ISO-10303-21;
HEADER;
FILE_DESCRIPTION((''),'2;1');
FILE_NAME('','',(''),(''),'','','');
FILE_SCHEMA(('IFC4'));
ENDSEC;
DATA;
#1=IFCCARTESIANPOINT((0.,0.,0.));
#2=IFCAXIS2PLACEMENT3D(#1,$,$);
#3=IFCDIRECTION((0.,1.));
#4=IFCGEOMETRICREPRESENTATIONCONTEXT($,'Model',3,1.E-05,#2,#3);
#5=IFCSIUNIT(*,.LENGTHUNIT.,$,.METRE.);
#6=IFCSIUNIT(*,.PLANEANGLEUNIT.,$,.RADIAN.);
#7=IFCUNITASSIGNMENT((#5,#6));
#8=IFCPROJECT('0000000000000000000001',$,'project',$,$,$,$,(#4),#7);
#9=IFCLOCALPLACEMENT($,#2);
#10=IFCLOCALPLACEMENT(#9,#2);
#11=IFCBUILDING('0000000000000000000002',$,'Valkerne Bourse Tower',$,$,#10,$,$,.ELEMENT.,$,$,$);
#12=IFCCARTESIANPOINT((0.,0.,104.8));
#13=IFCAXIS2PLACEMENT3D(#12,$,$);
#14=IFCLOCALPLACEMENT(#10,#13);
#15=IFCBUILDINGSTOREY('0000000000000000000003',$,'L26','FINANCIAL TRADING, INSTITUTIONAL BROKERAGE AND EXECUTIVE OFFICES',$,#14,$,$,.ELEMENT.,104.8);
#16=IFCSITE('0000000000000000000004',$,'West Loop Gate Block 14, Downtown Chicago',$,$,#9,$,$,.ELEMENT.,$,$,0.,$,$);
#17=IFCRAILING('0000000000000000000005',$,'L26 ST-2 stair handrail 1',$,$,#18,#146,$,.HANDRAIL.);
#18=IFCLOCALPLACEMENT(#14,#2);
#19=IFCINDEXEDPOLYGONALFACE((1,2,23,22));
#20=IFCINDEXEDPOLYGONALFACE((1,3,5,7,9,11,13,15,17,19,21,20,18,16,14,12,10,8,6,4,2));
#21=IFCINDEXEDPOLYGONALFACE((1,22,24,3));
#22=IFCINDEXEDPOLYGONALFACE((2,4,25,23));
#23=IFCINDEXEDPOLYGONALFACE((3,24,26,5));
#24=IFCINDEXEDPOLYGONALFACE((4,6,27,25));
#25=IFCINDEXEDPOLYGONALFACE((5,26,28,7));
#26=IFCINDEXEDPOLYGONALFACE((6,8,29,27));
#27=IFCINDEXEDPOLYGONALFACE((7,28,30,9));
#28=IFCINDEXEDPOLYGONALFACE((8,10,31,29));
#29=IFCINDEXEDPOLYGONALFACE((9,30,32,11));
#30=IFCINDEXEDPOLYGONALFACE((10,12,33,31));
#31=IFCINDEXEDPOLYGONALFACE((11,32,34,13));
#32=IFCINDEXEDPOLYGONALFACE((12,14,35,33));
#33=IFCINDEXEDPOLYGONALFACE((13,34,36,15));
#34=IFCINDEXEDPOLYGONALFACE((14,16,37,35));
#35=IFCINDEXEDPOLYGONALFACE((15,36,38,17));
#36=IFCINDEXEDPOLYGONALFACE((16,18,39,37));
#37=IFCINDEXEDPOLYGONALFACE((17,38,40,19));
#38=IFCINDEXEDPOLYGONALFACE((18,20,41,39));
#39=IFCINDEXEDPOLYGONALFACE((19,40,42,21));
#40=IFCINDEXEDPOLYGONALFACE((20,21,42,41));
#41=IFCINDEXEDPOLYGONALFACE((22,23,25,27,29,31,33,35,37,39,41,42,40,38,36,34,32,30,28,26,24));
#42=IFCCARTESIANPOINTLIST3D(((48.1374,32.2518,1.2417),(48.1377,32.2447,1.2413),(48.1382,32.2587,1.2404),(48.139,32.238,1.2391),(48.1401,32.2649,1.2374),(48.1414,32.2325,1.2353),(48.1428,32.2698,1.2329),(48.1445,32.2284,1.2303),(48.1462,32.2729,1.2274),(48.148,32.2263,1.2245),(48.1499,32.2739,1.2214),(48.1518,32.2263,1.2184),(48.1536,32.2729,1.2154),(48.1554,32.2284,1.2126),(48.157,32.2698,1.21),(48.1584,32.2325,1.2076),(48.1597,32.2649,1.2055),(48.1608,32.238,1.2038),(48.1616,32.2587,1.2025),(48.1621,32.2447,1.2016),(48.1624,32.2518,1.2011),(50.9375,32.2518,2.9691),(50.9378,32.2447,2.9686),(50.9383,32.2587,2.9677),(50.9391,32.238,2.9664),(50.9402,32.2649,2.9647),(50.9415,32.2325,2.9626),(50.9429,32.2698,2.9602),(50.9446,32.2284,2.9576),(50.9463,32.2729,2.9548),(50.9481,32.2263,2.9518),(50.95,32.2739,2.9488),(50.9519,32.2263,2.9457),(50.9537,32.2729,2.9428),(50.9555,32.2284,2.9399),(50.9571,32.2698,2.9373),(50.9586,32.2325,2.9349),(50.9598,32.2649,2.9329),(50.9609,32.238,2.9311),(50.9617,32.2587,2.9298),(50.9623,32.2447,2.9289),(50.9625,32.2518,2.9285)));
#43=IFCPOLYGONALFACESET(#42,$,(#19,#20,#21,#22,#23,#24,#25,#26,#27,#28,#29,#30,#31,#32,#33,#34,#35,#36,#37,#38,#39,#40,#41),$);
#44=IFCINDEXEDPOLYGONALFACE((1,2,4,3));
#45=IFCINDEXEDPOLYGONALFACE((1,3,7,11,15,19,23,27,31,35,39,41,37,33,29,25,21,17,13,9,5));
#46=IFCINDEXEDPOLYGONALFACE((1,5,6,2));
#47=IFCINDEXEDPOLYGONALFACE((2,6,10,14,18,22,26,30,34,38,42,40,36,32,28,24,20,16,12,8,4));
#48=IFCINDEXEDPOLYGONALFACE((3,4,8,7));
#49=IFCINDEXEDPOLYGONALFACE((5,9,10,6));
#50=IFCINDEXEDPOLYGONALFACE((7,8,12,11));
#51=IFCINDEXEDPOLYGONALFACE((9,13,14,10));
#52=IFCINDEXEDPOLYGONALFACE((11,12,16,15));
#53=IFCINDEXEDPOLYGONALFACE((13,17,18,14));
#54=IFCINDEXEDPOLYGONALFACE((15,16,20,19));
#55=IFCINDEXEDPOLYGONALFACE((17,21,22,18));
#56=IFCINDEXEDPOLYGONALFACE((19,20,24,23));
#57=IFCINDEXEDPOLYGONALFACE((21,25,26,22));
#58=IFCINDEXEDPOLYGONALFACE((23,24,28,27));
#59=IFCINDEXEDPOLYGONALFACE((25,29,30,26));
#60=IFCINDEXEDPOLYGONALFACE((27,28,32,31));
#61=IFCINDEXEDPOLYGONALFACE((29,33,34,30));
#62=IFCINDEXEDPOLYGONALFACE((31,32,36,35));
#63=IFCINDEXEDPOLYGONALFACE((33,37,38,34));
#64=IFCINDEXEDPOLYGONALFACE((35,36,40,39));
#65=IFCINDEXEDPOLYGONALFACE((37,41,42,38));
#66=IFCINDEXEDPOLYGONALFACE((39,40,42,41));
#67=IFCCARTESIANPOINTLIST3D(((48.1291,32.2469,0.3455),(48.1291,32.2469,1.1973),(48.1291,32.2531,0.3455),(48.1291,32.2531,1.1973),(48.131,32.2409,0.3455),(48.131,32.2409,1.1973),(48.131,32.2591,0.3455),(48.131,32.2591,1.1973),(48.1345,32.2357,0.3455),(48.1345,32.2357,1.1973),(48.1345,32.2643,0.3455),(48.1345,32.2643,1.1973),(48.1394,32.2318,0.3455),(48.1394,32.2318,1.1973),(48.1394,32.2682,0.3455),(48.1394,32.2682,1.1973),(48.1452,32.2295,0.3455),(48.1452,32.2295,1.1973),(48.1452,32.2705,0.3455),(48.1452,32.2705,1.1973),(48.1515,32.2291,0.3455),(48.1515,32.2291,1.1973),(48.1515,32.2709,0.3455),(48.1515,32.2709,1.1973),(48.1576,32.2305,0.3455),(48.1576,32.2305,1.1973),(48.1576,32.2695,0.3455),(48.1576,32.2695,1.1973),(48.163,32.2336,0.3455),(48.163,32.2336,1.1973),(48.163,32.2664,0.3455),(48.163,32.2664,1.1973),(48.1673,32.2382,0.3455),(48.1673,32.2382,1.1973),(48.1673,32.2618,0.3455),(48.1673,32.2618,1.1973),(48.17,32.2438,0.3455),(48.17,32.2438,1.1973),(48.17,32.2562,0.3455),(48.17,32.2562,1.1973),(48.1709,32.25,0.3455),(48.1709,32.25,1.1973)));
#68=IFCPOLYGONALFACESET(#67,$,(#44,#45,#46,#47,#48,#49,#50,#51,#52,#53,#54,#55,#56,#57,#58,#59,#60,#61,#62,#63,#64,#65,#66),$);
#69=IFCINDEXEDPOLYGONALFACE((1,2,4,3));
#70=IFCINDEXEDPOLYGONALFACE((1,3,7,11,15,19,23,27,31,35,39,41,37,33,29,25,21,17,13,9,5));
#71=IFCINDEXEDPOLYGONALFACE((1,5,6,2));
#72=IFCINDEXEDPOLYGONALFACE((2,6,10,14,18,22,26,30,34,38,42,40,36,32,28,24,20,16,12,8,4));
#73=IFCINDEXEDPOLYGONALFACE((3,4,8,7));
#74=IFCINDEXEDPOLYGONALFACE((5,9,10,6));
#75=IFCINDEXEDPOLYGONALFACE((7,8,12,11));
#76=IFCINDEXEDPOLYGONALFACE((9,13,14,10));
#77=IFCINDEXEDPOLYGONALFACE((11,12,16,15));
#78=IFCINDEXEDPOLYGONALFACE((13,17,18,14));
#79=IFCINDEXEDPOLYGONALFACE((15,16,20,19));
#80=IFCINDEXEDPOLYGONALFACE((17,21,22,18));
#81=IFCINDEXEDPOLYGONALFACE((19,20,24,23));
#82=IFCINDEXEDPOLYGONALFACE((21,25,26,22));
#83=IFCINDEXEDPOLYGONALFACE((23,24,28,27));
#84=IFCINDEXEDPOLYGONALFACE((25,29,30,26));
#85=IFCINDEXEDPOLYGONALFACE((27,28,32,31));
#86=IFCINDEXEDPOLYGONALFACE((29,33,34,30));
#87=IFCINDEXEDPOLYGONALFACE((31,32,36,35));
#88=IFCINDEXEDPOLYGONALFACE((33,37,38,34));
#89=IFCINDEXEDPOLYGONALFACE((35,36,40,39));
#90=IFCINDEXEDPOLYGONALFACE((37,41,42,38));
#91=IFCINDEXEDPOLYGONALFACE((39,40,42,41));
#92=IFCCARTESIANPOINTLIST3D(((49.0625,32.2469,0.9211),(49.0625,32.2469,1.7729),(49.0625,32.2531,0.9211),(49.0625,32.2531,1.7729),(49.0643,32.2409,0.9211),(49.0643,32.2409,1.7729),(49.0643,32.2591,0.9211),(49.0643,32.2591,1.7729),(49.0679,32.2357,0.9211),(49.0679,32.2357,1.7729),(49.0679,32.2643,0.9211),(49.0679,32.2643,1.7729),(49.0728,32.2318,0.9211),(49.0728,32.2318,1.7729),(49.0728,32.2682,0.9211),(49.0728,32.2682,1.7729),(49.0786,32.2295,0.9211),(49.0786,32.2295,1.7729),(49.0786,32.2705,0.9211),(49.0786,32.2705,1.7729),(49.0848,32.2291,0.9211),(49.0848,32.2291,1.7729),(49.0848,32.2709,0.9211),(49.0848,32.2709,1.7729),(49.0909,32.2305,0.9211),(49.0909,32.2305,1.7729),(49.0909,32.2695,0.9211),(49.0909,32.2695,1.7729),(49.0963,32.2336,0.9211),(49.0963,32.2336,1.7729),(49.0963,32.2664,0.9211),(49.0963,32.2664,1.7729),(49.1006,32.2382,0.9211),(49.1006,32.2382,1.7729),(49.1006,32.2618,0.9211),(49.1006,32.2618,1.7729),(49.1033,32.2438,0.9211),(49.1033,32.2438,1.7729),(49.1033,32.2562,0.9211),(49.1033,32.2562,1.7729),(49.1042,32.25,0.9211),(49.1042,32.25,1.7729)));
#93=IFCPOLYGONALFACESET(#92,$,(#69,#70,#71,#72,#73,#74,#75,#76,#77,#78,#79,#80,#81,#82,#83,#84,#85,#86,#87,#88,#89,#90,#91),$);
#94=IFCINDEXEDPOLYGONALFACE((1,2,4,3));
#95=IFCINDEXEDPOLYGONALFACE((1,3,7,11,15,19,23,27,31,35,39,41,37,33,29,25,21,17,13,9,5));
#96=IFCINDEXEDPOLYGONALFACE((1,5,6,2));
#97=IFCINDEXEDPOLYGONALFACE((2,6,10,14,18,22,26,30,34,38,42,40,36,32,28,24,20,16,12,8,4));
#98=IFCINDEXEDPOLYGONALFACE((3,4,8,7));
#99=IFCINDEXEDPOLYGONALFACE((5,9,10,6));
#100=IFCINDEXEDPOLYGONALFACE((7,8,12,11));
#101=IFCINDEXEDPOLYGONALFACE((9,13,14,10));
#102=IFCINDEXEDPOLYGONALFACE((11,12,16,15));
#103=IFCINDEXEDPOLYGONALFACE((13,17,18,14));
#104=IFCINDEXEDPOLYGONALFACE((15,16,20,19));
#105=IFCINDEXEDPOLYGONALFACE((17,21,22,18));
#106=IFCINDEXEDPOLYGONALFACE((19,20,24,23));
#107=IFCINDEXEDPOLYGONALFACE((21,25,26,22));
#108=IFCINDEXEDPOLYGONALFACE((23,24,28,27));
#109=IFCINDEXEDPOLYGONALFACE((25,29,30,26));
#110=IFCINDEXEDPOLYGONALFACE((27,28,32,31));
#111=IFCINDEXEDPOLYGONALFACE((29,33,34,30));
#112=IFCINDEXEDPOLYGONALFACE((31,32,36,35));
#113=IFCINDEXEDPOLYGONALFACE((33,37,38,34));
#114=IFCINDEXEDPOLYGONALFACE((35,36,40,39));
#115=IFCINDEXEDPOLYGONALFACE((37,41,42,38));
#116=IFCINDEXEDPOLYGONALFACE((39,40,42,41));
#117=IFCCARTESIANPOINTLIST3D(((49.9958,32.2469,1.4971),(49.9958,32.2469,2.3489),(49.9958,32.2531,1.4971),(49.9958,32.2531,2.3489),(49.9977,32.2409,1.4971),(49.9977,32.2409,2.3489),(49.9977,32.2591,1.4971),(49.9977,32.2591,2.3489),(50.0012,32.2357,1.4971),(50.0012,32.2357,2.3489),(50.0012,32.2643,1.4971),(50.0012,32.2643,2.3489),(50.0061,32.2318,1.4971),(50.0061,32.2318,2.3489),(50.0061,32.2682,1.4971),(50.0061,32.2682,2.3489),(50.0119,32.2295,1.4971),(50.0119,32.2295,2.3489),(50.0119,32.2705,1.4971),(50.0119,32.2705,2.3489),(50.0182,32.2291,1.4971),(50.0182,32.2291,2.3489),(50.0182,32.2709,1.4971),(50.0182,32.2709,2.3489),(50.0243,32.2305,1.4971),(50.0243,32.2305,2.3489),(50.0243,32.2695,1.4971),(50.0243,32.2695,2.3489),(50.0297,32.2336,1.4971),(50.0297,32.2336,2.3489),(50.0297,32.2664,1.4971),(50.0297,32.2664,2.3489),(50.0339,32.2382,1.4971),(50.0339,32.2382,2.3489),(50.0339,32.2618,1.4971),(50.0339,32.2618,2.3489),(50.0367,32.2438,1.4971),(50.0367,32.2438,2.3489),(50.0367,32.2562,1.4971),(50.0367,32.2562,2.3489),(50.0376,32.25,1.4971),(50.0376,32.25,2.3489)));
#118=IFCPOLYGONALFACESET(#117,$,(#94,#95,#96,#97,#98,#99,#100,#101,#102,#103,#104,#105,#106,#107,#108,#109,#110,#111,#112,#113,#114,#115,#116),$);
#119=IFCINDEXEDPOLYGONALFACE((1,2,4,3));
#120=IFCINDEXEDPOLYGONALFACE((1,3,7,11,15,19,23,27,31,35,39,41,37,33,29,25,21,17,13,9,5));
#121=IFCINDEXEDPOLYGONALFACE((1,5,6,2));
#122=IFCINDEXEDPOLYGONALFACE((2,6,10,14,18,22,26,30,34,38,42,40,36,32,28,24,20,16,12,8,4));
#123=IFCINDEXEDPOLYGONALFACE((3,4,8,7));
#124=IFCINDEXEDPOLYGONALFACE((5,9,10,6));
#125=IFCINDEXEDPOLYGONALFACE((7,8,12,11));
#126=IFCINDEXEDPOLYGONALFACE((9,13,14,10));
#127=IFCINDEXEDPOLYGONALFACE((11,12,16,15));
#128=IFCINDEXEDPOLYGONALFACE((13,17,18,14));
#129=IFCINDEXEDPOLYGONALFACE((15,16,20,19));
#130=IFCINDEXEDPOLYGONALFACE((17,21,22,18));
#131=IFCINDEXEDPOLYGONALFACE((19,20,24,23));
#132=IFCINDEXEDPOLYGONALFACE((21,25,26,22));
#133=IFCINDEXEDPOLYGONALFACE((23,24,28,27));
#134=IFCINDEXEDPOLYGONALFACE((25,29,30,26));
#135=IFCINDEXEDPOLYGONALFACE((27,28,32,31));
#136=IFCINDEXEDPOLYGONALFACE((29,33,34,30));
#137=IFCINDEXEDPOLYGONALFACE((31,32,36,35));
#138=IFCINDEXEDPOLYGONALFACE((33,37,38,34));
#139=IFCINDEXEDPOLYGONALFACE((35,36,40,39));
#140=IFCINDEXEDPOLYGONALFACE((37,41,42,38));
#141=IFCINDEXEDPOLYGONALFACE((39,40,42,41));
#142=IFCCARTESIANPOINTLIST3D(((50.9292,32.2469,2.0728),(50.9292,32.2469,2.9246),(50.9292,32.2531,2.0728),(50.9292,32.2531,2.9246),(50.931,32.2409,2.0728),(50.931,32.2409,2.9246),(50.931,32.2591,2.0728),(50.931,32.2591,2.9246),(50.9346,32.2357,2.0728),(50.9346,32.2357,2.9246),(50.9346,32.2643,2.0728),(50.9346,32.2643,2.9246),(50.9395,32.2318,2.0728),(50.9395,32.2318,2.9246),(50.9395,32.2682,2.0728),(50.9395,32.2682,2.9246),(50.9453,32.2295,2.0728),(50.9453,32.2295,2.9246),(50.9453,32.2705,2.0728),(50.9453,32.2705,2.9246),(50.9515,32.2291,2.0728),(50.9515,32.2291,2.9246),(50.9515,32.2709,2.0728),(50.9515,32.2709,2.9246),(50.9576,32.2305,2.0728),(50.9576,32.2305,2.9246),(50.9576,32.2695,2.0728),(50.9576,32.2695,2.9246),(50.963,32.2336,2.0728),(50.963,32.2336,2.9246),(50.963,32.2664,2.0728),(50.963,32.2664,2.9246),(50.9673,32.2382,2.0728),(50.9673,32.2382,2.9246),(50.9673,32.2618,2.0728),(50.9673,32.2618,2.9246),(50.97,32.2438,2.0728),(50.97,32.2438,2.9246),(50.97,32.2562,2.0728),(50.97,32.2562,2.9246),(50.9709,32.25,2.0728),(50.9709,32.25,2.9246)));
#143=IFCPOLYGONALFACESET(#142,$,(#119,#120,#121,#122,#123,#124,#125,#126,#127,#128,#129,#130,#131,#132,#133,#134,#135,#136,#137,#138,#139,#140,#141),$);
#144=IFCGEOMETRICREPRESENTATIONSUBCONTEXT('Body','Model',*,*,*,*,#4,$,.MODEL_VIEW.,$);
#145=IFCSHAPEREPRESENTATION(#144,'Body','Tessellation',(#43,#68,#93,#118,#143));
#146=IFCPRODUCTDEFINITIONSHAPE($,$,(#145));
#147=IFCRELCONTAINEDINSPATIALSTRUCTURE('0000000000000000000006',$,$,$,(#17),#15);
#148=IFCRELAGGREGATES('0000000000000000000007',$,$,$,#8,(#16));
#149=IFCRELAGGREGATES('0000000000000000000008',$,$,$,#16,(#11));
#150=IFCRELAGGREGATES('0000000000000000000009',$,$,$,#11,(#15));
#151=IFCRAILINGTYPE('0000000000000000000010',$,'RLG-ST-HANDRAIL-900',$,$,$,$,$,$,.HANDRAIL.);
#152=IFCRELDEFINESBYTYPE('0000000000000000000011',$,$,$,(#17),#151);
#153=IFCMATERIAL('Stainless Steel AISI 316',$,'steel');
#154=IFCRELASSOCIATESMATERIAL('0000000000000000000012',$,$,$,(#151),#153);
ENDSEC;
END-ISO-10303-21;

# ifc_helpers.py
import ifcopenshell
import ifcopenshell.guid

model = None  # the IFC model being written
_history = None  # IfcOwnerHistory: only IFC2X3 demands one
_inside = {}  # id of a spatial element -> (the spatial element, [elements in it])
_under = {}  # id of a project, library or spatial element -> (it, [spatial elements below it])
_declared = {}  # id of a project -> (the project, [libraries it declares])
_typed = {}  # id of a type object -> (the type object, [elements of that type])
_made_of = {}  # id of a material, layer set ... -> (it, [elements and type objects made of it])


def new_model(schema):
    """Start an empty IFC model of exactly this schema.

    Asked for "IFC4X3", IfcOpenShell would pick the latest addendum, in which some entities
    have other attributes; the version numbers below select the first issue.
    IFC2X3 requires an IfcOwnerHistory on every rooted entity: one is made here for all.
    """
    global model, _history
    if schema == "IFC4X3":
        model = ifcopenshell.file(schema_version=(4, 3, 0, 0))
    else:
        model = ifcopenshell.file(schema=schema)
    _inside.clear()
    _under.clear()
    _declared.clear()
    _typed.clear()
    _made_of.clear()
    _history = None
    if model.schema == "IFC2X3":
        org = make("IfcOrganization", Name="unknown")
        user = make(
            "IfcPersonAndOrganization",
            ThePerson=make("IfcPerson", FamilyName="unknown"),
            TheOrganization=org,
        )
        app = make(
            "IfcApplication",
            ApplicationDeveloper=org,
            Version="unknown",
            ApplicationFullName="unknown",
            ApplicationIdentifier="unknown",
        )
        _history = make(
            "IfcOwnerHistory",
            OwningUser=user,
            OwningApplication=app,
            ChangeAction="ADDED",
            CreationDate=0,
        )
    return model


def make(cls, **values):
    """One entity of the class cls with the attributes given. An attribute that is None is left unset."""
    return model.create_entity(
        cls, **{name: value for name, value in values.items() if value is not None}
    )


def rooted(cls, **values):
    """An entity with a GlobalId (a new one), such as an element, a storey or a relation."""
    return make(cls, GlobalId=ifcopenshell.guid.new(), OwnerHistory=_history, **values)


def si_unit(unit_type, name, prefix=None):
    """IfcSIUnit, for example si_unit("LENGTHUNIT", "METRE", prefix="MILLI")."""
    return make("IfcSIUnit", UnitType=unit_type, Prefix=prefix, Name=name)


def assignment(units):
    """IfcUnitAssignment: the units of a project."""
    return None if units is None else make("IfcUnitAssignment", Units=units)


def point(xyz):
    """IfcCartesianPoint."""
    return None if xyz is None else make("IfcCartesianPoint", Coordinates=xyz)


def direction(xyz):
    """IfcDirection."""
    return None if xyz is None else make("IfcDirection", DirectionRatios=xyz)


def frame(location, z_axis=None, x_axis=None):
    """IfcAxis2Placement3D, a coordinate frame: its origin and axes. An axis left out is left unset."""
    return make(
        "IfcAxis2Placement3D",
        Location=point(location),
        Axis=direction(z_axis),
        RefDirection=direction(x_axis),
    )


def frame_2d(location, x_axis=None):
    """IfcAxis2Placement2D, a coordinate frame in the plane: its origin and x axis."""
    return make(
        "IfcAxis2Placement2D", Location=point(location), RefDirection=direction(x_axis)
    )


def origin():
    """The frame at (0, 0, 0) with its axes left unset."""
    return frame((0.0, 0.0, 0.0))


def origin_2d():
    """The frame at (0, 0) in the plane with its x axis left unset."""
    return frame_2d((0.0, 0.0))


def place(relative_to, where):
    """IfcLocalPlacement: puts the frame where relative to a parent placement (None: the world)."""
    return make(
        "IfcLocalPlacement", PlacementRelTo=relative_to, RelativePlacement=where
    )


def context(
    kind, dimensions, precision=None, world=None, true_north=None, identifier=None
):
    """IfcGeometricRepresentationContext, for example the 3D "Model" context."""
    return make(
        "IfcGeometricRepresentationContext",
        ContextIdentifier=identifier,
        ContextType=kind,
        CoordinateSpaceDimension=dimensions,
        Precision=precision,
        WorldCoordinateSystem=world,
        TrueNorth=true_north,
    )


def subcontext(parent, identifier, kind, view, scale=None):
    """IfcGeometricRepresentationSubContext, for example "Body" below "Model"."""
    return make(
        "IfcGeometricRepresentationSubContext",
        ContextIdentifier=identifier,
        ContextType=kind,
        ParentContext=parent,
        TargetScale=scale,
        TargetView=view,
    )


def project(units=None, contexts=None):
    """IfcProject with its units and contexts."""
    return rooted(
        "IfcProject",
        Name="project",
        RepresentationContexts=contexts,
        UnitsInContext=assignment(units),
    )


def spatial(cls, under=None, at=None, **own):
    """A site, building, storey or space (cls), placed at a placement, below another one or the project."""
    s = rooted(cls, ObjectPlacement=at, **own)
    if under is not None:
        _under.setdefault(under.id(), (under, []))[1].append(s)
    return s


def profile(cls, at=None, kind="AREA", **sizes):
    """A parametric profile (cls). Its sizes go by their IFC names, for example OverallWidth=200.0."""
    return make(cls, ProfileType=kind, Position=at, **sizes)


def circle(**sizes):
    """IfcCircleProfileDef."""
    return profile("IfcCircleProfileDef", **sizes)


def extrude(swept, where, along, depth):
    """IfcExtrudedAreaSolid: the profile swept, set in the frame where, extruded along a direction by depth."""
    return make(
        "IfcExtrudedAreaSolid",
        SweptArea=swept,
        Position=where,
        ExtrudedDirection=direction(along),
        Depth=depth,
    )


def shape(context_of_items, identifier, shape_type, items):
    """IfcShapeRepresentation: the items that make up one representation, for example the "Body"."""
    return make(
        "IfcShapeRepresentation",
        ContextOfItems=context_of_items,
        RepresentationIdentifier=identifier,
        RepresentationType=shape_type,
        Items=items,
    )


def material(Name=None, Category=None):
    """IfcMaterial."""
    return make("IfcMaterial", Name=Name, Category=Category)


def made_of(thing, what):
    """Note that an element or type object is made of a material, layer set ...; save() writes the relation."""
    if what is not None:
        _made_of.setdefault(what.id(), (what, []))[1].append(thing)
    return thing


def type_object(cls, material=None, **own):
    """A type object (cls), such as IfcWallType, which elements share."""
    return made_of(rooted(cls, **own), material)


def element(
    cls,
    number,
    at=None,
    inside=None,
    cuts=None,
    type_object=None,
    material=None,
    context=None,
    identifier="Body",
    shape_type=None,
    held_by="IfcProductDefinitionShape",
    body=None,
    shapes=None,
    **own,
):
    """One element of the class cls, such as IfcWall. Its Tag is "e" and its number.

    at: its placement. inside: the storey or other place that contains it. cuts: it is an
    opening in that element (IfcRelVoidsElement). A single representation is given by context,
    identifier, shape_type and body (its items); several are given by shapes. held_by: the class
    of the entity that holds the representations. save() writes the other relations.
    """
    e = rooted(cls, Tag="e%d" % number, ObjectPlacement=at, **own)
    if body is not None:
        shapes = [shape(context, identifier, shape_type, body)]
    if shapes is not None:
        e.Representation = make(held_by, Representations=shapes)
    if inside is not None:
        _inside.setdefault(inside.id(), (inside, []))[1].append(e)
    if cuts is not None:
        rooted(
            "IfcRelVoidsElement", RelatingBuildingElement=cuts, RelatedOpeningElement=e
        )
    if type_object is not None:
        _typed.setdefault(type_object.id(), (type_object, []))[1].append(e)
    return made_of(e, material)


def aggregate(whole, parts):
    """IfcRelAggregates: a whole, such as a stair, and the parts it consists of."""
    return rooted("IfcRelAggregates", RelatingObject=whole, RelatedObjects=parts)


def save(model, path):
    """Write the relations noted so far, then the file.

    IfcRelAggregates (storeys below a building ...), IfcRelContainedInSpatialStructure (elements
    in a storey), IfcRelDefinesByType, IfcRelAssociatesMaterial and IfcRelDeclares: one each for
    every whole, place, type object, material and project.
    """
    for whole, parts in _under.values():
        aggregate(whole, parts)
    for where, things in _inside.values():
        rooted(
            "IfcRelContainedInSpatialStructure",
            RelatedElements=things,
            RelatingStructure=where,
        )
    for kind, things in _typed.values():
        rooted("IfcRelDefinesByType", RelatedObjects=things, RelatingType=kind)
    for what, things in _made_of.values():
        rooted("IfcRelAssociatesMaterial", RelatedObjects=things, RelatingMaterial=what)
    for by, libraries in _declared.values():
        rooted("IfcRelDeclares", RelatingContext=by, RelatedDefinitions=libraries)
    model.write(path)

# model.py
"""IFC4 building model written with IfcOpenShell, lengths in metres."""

from ifc_helpers import new_model, si_unit, direction, frame, origin, origin_2d, place, context, subcontext, project, spatial, circle, extrude, material, type_object, element, save


model = new_model("IFC4")

# Units and contexts
model_context = context("Model", 3, precision=1e-05, world=origin(), true_north=direction((0.0, 1.0)))
body_context = subcontext(model_context, "Body", "Model", "MODEL_VIEW")
ifc_project = project(units=[si_unit("LENGTHUNIT", "METRE"), si_unit("PLANEANGLEUNIT", "RADIAN")], contexts=[model_context])

# Site, building, storey
site_placement = place(None, origin())
site = spatial("IfcSite", under=ifc_project, at=site_placement, Name="West Loop Gate Block 14, Downtown Chicago", CompositionType="ELEMENT", RefElevation=0.0)
building_placement = place(site_placement, origin())
building = spatial("IfcBuilding", under=site, at=building_placement, Name="Valkerne Bourse Tower", CompositionType="ELEMENT")
storey_placement = place(building_placement, frame((0.0, 0.0, 104.8)))
storey = spatial("IfcBuildingStorey", under=building, at=storey_placement, Name="L26", Description="FINANCIAL TRADING, INSTITUTIONAL BROKERAGE AND EXECUTIVE OFFICES", CompositionType="ELEMENT", Elevation=104.8)

# Shared definitions
ifc_material_1 = material(Name="Stainless Steel AISI 316", Category="steel")

# Railing
railing_type_1 = type_object("IfcRailingType", Name="RLG-ST-HANDRAIL-900", PredefinedType="HANDRAIL", material=ifc_material_1)
railing_1_placement = place(storey_placement, frame((48.1499, 32.25, 0.3455)))
element("IfcRailing", 1, at=railing_1_placement, inside=storey, type_object=railing_type_1, Name="L26 ST-2 stair handrail 1", PredefinedType="HANDRAIL", context=body_context, shape_type="SweptSolid", body=[
    extrude(circle(Radius=0.0239, at=origin_2d()), frame((0.0, 0.0, 0.876), z_axis=(0.85109, 0.0, 0.52502), x_axis=(0.0, 1.0, 0.0)), (0.0, 0.0, 1.0), 3.29),
    extrude(circle(Radius=0.021, at=origin_2d()), origin(), (0.0, 0.0, 1.0), 0.8518),
    extrude(circle(Radius=0.021, at=origin_2d()), frame((0.9333, 0.0, 0.5757)), (0.0, 0.0, 1.0), 0.8518),
    extrude(circle(Radius=0.021, at=origin_2d()), frame((1.8667, 0.0, 1.1516)), (0.0, 0.0, 1.0), 0.8518),
    extrude(circle(Radius=0.021, at=origin_2d()), frame((2.8, 0.0, 1.7273)), (0.0, 0.0, 1.0), 0.8518),
])

save(model, "model.ifc")
